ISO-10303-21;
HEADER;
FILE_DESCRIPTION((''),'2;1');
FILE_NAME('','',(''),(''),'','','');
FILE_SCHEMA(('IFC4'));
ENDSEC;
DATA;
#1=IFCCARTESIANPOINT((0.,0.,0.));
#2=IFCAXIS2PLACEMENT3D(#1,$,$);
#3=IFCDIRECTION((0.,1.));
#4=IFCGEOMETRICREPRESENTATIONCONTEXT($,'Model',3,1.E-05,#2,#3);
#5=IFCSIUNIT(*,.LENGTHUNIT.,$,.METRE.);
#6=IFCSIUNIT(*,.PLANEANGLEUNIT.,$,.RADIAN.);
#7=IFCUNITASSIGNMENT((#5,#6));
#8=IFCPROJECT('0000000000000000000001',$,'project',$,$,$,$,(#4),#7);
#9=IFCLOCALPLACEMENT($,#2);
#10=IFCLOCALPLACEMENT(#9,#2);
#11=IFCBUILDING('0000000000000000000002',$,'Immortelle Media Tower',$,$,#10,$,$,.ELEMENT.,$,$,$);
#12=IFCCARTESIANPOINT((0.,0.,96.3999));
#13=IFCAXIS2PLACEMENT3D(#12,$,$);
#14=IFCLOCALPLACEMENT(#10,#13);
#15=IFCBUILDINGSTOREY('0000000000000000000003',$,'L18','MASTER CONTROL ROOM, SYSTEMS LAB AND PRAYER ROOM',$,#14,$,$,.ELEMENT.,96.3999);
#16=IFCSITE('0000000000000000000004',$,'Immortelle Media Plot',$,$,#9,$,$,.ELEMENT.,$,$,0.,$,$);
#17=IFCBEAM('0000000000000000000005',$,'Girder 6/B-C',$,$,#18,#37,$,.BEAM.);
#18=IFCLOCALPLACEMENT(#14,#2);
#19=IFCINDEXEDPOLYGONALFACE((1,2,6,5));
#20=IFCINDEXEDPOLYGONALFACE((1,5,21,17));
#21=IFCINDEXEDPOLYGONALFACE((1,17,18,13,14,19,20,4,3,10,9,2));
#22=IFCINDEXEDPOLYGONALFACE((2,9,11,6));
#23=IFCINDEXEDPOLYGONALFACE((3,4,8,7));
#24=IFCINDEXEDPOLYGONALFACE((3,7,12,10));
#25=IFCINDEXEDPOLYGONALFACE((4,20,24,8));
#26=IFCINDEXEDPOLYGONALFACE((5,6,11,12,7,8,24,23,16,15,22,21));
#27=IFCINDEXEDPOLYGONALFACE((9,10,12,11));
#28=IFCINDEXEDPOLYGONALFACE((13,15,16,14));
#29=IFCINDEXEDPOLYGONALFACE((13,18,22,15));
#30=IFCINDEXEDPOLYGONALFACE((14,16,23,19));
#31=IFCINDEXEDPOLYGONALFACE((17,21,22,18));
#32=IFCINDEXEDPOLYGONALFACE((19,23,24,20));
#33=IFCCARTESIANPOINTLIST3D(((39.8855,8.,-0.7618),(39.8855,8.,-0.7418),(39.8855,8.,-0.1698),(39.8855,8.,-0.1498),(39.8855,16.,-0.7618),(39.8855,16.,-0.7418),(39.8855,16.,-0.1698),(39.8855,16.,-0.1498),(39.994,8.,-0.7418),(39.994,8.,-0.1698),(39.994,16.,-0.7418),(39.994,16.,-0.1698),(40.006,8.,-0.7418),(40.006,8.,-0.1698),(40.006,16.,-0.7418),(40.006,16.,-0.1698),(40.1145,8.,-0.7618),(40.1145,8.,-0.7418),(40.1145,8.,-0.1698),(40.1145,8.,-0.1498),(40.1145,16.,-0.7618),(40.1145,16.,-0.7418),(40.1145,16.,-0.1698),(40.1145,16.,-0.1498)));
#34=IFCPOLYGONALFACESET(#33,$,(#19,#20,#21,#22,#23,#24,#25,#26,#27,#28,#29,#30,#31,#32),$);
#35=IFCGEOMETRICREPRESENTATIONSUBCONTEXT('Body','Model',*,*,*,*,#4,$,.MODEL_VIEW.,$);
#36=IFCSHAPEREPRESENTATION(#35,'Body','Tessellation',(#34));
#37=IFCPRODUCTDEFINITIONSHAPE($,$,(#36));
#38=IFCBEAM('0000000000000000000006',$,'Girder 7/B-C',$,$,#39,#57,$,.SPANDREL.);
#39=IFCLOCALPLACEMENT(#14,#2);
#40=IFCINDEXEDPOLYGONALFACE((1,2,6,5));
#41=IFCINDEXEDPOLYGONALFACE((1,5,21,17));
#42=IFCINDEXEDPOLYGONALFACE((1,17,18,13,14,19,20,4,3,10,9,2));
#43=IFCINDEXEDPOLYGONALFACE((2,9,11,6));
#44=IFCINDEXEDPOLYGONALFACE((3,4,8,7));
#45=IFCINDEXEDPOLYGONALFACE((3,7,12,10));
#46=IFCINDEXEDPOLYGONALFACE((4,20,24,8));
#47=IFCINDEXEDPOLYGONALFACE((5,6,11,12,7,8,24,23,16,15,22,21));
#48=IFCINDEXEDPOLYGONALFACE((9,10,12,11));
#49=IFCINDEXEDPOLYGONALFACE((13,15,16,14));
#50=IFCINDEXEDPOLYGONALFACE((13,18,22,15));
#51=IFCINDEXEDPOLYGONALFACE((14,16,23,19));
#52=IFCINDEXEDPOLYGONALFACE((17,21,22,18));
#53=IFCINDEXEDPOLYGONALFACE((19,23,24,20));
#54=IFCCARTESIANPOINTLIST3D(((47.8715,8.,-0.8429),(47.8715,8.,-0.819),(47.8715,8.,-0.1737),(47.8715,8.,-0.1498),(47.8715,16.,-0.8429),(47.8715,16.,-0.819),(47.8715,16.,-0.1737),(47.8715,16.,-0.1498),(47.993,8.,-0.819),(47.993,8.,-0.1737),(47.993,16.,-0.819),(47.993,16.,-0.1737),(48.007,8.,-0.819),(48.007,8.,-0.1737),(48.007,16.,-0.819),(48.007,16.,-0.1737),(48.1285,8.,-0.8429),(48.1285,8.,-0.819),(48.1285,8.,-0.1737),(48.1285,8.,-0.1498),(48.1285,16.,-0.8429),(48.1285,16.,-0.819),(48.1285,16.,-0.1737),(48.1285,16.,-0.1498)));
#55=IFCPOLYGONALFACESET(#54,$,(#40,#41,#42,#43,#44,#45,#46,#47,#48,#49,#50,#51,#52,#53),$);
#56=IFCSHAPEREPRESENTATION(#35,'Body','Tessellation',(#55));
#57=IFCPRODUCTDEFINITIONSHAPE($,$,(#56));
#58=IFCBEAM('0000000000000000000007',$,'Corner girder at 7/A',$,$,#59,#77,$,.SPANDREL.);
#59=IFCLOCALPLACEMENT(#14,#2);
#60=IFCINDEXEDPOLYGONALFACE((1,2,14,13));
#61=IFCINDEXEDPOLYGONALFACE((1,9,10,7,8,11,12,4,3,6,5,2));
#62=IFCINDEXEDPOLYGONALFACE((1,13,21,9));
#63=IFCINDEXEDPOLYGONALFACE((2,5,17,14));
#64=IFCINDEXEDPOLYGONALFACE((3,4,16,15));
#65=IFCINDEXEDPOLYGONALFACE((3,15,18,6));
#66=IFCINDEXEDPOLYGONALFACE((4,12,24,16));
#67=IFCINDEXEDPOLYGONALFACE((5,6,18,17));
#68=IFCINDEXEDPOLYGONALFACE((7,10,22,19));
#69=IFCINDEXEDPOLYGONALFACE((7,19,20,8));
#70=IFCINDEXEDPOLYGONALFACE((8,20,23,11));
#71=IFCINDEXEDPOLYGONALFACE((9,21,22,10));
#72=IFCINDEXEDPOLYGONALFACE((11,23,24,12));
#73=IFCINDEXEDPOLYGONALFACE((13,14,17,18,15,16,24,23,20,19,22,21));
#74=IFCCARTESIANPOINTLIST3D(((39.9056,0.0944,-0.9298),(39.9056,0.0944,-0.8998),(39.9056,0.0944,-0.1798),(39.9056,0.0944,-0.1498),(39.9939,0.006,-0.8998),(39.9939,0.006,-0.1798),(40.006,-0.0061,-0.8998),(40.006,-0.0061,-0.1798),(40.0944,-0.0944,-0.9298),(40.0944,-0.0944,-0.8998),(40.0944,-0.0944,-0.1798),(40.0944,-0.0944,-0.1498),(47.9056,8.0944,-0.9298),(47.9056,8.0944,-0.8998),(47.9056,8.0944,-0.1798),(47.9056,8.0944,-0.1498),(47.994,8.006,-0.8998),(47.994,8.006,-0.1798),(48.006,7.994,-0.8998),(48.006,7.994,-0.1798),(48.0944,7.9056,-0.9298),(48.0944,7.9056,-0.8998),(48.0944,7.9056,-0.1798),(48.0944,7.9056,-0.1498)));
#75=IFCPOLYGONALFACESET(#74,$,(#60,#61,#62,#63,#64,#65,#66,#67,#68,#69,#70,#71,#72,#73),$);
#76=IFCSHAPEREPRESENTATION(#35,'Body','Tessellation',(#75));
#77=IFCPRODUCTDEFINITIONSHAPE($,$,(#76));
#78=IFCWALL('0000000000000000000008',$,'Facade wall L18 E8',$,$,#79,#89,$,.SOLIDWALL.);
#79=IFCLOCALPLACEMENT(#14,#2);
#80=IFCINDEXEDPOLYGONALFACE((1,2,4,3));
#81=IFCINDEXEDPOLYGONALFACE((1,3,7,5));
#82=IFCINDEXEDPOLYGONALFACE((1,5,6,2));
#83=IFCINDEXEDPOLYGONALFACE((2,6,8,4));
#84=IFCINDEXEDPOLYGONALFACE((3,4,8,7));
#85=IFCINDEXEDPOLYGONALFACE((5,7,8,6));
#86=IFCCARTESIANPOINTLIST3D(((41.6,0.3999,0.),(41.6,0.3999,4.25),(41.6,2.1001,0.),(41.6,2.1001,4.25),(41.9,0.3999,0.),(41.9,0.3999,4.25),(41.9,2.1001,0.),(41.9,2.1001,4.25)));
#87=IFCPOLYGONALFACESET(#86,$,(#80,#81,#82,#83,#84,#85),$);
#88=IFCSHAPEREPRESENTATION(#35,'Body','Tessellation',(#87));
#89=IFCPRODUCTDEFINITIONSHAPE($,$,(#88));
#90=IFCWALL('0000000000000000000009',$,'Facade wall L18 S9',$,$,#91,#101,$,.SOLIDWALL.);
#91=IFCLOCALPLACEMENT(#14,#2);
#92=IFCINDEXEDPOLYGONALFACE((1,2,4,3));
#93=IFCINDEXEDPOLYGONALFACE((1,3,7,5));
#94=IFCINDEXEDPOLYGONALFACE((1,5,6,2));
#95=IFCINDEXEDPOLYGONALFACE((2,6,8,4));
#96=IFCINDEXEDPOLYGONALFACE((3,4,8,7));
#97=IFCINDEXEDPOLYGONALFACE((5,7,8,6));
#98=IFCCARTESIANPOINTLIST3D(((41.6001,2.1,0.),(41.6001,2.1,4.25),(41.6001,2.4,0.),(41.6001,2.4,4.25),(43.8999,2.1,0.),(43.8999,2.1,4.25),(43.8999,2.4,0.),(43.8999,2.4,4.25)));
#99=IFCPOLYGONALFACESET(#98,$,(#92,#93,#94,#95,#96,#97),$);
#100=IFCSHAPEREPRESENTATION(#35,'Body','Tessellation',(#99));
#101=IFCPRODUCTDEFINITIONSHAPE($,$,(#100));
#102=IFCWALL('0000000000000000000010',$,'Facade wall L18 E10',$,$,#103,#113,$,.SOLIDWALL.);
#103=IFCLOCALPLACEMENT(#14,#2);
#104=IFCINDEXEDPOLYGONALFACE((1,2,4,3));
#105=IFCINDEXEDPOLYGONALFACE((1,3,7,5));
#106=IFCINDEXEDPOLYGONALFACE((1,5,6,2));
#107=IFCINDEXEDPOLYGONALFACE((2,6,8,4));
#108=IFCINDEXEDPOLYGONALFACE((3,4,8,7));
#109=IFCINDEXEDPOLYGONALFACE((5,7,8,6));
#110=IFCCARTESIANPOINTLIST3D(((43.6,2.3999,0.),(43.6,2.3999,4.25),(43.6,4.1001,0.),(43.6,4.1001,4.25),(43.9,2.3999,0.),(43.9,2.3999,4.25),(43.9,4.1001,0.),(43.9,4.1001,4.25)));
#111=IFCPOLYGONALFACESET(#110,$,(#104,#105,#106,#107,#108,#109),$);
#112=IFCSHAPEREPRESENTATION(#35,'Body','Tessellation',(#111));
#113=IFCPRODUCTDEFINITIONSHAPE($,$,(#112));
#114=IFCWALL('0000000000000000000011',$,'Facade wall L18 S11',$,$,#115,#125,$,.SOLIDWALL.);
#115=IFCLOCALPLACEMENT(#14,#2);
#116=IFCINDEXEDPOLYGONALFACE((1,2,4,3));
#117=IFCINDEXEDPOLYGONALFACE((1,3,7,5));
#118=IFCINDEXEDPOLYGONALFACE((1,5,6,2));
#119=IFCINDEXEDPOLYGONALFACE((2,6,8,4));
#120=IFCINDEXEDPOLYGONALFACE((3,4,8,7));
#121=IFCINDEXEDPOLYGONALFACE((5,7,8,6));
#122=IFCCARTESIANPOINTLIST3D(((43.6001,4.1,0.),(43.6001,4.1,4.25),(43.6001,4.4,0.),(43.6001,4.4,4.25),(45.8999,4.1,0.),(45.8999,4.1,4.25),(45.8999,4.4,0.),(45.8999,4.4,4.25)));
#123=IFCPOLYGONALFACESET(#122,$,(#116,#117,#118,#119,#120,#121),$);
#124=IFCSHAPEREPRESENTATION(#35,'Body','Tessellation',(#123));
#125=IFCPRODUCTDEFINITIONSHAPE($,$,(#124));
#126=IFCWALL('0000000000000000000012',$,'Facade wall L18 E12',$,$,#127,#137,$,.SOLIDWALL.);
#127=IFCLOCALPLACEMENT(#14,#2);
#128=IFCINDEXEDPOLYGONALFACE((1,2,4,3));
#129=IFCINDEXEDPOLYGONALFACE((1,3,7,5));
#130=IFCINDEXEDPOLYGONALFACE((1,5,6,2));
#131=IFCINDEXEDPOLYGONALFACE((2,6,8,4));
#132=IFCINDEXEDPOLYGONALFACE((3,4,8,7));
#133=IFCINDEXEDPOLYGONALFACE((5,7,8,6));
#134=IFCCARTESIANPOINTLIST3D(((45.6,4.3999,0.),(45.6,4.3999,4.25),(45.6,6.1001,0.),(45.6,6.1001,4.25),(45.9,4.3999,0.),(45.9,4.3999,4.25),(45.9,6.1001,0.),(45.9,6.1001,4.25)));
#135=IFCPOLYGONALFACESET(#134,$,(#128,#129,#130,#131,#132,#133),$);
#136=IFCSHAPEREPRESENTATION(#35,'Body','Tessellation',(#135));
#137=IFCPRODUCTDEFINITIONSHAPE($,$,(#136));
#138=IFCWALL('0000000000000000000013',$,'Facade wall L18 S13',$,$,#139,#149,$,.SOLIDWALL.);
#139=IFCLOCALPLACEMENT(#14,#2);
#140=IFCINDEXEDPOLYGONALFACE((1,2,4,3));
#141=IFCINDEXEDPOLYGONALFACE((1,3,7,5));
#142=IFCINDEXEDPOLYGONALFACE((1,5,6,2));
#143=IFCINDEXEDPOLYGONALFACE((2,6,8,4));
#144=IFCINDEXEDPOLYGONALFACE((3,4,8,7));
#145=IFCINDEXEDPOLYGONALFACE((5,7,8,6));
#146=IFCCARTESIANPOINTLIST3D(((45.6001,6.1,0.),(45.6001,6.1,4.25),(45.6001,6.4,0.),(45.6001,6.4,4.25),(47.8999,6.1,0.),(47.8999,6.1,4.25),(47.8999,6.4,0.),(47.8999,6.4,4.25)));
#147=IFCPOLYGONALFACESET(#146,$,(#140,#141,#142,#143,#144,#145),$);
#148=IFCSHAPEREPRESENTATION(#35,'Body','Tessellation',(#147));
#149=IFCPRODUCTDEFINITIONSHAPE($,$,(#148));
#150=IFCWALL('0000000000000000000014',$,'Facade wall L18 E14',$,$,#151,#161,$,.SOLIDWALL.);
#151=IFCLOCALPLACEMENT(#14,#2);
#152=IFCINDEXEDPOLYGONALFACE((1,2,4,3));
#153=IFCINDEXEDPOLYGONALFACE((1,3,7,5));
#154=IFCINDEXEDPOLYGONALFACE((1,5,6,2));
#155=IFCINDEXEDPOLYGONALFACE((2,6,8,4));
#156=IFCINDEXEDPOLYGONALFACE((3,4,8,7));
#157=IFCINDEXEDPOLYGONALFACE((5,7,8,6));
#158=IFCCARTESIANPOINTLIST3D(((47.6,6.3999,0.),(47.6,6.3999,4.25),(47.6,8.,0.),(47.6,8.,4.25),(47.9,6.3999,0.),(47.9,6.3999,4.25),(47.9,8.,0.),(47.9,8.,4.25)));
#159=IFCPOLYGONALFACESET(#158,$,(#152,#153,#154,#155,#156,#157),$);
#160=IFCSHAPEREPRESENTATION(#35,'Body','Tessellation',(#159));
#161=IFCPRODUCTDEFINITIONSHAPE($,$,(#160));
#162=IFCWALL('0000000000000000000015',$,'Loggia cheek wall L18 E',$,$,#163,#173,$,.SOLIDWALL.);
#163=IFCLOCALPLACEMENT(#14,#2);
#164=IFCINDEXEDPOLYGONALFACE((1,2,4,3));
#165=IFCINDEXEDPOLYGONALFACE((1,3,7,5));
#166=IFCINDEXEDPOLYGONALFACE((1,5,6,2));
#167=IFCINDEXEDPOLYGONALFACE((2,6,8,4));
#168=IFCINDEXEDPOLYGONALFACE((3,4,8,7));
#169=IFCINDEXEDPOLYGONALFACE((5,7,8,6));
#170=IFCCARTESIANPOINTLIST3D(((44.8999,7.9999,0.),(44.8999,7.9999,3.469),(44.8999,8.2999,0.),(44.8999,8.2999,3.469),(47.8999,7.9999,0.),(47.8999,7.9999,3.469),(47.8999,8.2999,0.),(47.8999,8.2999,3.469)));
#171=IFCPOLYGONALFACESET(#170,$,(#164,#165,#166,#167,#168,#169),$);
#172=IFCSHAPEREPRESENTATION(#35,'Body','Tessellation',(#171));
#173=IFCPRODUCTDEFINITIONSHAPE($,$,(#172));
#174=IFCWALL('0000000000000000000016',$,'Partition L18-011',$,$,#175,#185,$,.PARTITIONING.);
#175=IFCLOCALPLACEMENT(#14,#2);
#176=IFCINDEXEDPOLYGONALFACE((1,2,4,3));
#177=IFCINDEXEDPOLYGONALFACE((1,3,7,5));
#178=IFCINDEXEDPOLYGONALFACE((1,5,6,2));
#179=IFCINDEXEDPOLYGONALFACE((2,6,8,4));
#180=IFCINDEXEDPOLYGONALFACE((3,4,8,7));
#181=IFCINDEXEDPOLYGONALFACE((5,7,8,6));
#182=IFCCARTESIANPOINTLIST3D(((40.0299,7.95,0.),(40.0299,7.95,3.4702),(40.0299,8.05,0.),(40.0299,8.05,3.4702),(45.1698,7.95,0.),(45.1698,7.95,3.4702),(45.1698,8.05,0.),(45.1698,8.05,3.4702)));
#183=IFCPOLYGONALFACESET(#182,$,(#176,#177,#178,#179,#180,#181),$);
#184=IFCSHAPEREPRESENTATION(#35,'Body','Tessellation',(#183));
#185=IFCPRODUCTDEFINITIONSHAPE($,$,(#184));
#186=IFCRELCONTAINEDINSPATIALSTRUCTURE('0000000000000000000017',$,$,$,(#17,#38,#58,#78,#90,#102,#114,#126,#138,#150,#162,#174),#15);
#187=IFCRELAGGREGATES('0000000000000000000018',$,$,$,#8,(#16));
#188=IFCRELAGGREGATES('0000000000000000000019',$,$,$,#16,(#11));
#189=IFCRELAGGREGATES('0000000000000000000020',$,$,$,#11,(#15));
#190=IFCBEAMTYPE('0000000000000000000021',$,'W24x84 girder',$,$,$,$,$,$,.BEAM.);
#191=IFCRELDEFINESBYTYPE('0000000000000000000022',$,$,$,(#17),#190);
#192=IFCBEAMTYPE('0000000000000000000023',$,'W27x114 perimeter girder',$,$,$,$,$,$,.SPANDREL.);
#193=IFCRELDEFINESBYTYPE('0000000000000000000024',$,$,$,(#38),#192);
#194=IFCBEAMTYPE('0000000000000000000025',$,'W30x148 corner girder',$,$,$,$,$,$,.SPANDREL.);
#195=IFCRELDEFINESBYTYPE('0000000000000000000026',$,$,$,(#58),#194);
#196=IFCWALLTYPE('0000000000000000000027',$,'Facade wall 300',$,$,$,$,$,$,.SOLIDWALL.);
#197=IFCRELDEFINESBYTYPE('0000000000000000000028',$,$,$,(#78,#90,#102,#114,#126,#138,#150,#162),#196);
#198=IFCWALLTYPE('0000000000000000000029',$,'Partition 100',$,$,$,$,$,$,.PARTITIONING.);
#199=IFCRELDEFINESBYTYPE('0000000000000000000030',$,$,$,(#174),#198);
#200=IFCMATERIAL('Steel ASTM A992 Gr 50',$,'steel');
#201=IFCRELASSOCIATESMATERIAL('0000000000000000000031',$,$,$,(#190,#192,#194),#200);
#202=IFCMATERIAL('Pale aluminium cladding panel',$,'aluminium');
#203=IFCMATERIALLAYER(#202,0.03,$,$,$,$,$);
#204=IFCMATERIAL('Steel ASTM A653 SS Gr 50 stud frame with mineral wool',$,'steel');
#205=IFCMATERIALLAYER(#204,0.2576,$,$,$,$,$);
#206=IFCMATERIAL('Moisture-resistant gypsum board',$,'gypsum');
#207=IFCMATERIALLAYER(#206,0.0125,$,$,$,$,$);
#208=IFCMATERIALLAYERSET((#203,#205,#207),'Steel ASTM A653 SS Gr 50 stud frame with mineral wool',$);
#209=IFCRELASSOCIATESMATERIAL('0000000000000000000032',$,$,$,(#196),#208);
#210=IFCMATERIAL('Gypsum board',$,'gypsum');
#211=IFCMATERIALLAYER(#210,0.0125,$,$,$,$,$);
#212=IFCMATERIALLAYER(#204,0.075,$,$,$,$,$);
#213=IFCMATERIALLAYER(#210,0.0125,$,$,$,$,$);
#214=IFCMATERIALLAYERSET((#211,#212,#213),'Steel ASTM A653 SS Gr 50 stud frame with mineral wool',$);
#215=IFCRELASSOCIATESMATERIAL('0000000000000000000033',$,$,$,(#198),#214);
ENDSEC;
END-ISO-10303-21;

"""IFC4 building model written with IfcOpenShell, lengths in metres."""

from ifc_helpers import new_model, si_unit, direction, frame, frame_2d, origin, origin_2d, place, context, subcontext, project, spatial, rectangle, i_section, extrude, material, layer, layer_set, material_profile, profile_set, type_object, element, save


model = new_model("IFC4")

# Units and contexts
model_context = context("Model", 3, precision=1e-05, world=origin(), true_north=direction((0.0, 1.0)))
body_context = subcontext(model_context, "Body", "Model", "MODEL_VIEW")
ifc_project = project(units=[si_unit("LENGTHUNIT", "METRE"), si_unit("PLANEANGLEUNIT", "RADIAN")], contexts=[model_context])

# Site, building, storey
site_placement = place(None, origin())
site = spatial("IfcSite", under=ifc_project, at=site_placement, Name="Immortelle Media Plot", CompositionType="ELEMENT", RefElevation=0.0)
building_placement = place(site_placement, origin())
building = spatial("IfcBuilding", under=site, at=building_placement, Name="Immortelle Media Tower", CompositionType="ELEMENT")
storey_placement = place(building_placement, frame((0.0, 0.0, 96.3999)))
storey = spatial("IfcBuildingStorey", under=building, at=storey_placement, Name="L18", Description="MASTER CONTROL ROOM, SYSTEMS LAB AND PRAYER ROOM", CompositionType="ELEMENT", Elevation=96.3999)

# Shared definitions
ifc_material_1 = material(Name="Steel ASTM A992 Gr 50", Category="steel")

# Beams
ifc_material_profile_1 = material_profile(ifc_material_1, i_section(OverallWidth=0.229, OverallDepth=0.6121, WebThickness=0.012, FlangeThickness=0.02, at=origin_2d()), Name="W24x84")
ifc_profile_set_1 = profile_set([ifc_material_profile_1], Name="Steel ASTM A992 Gr 50")
beam_type_1 = type_object("IfcBeamType", Name="W24x84 girder", PredefinedType="BEAM", material=ifc_profile_set_1)
for number, where, z_axis, x_axis, name in (
    (1, (40.0, 8.0, -0.4558), (0.0, 1.0, 0.0), (-1.0, 0.0, 0.0), "Girder 6/B-C"),
):
    element("IfcBeam", number, at=place(storey_placement, frame(where, z_axis=z_axis, x_axis=x_axis)), inside=storey, type_object=beam_type_1, Name=name, PredefinedType="BEAM", context=body_context, shape_type="SweptSolid", body=[
        extrude(i_section(OverallWidth=0.229, OverallDepth=0.6121, WebThickness=0.012, FlangeThickness=0.02, at=origin_2d()), origin(), (0.0, 0.0, 1.0), 8.0),
    ])
ifc_material_profile_2 = material_profile(ifc_material_1, i_section(OverallWidth=0.2571, OverallDepth=0.6931, WebThickness=0.0139, FlangeThickness=0.0239, at=origin_2d()), Name="W27x114")
ifc_profile_set_2 = profile_set([ifc_material_profile_2], Name="Steel ASTM A992 Gr 50")
beam_type_2 = type_object("IfcBeamType", Name="W27x114 perimeter girder", PredefinedType="SPANDREL", material=ifc_profile_set_2)
beam_1_placement = place(storey_placement, frame((48.0, 8.0, -0.4963), z_axis=(0.0, 1.0, 0.0), x_axis=(-1.0, 0.0, 0.0)))
element("IfcBeam", 2, at=beam_1_placement, inside=storey, type_object=beam_type_2, Name="Girder 7/B-C", PredefinedType="SPANDREL", context=body_context, shape_type="SweptSolid", body=[
    extrude(i_section(OverallWidth=0.2571, OverallDepth=0.6931, WebThickness=0.0139, FlangeThickness=0.0239, at=origin_2d()), origin(), (0.0, 0.0, 1.0), 8.0),
])
ifc_material_profile_3 = material_profile(ifc_material_1, i_section(OverallWidth=0.2671, OverallDepth=0.78, WebThickness=0.0171, FlangeThickness=0.03, at=origin_2d()), Name="W30x148")
ifc_profile_set_3 = profile_set([ifc_material_profile_3], Name="Steel ASTM A992 Gr 50")
beam_type_3 = type_object("IfcBeamType", Name="W30x148 corner girder", PredefinedType="SPANDREL", material=ifc_profile_set_3)
beam_2_placement = place(storey_placement, frame((48.0, 8.0, -0.5398), z_axis=(-0.707107, -0.707107, 0.0), x_axis=(0.707107, -0.707107, 0.0)))
element("IfcBeam", 3, at=beam_2_placement, inside=storey, type_object=beam_type_3, Name="Corner girder at 7/A", PredefinedType="SPANDREL", context=body_context, shape_type="SweptSolid", body=[
    extrude(i_section(OverallWidth=0.2671, OverallDepth=0.78, WebThickness=0.0171, FlangeThickness=0.03, at=origin_2d()), origin(), (0.0, 0.0, 1.0), 11.3137),
])

# Walls
ifc_material_2 = material(Name="Pale aluminium cladding panel", Category="aluminium")
ifc_layer_1 = layer(ifc_material_2, 0.03)
ifc_material_3 = material(Name="Steel ASTM A653 SS Gr 50 stud frame with mineral wool", Category="steel")
ifc_layer_2 = layer(ifc_material_3, 0.2576)
ifc_material_4 = material(Name="Moisture-resistant gypsum board", Category="gypsum")
ifc_layer_3 = layer(ifc_material_4, 0.0125)
ifc_layer_set_1 = layer_set([ifc_layer_1, ifc_layer_2, ifc_layer_3], Name="Steel ASTM A653 SS Gr 50 stud frame with mineral wool")
wall_type_1 = type_object("IfcWallType", Name="Facade wall 300", PredefinedType="SOLIDWALL", material=ifc_layer_set_1)
wall_1_placement = place(storey_placement, frame((41.75, 0.3999, 0.0), z_axis=(0.0, 0.0, 1.0), x_axis=(0.0, 1.0, 0.0)))
element("IfcWall", 4, at=wall_1_placement, inside=storey, type_object=wall_type_1, Name="Facade wall L18 E8", PredefinedType="SOLIDWALL", context=body_context, shape_type="SweptSolid", body=[
    extrude(rectangle(XDim=1.7002, YDim=0.3, at=frame_2d((0.8501, 0.0))), origin(), (0.0, 0.0, 1.0), 4.25),
])
wall_2_placement = place(storey_placement, frame((41.6001, 2.25, 0.0), z_axis=(0.0, 0.0, 1.0), x_axis=(1.0, 0.0, 0.0)))
element("IfcWall", 5, at=wall_2_placement, inside=storey, type_object=wall_type_1, Name="Facade wall L18 S9", PredefinedType="SOLIDWALL", context=body_context, shape_type="SweptSolid", body=[
    extrude(rectangle(XDim=2.2998, YDim=0.3, at=frame_2d((1.1499, 0.0))), origin(), (0.0, 0.0, 1.0), 4.25),
])
wall_3_placement = place(storey_placement, frame((43.75, 2.3999, 0.0), z_axis=(0.0, 0.0, 1.0), x_axis=(0.0, 1.0, 0.0)))
element("IfcWall", 6, at=wall_3_placement, inside=storey, type_object=wall_type_1, Name="Facade wall L18 E10", PredefinedType="SOLIDWALL", context=body_context, shape_type="SweptSolid", body=[
    extrude(rectangle(XDim=1.7002, YDim=0.3, at=frame_2d((0.8501, 0.0))), origin(), (0.0, 0.0, 1.0), 4.25),
])
wall_4_placement = place(storey_placement, frame((43.6001, 4.25, 0.0), z_axis=(0.0, 0.0, 1.0), x_axis=(1.0, 0.0, 0.0)))
element("IfcWall", 7, at=wall_4_placement, inside=storey, type_object=wall_type_1, Name="Facade wall L18 S11", PredefinedType="SOLIDWALL", context=body_context, shape_type="SweptSolid", body=[
    extrude(rectangle(XDim=2.2998, YDim=0.3, at=frame_2d((1.1499, 0.0))), origin(), (0.0, 0.0, 1.0), 4.25),
])
wall_5_placement = place(storey_placement, frame((45.75, 4.3999, 0.0), z_axis=(0.0, 0.0, 1.0), x_axis=(0.0, 1.0, 0.0)))
element("IfcWall", 8, at=wall_5_placement, inside=storey, type_object=wall_type_1, Name="Facade wall L18 E12", PredefinedType="SOLIDWALL", context=body_context, shape_type="SweptSolid", body=[
    extrude(rectangle(XDim=1.7002, YDim=0.3, at=frame_2d((0.8501, 0.0))), origin(), (0.0, 0.0, 1.0), 4.25),
])
wall_6_placement = place(storey_placement, frame((45.6001, 6.25, 0.0), z_axis=(0.0, 0.0, 1.0), x_axis=(1.0, 0.0, 0.0)))
element("IfcWall", 9, at=wall_6_placement, inside=storey, type_object=wall_type_1, Name="Facade wall L18 S13", PredefinedType="SOLIDWALL", context=body_context, shape_type="SweptSolid", body=[
    extrude(rectangle(XDim=2.2998, YDim=0.3, at=frame_2d((1.1499, 0.0))), origin(), (0.0, 0.0, 1.0), 4.25),
])
wall_7_placement = place(storey_placement, frame((47.75, 6.3999, 0.0), z_axis=(0.0, 0.0, 1.0), x_axis=(0.0, 1.0, 0.0)))
element("IfcWall", 10, at=wall_7_placement, inside=storey, type_object=wall_type_1, Name="Facade wall L18 E14", PredefinedType="SOLIDWALL", context=body_context, shape_type="SweptSolid", body=[
    extrude(rectangle(XDim=1.6001, YDim=0.3, at=frame_2d((0.8, 0.0))), origin(), (0.0, 0.0, 1.0), 4.25),
])

# Walls
wall_8_placement = place(storey_placement, frame((47.8999, 8.1499, 0.0), z_axis=(0.0, 0.0, 1.0), x_axis=(-1.0, 0.0, 0.0)))
element("IfcWall", 11, at=wall_8_placement, inside=storey, type_object=wall_type_1, Name="Loggia cheek wall L18 E", PredefinedType="SOLIDWALL", context=body_context, shape_type="SweptSolid", body=[
    extrude(rectangle(XDim=3.0, YDim=0.3, at=frame_2d((1.5, 0.0))), origin(), (0.0, 0.0, 1.0), 3.469),
])
ifc_material_5 = material(Name="Gypsum board", Category="gypsum")
ifc_layer_4 = layer(ifc_material_5, 0.0125)
ifc_layer_5 = layer(ifc_material_3, 0.075)
ifc_layer_6 = layer(ifc_material_5, 0.0125)
ifc_layer_set_2 = layer_set([ifc_layer_4, ifc_layer_5, ifc_layer_6], Name="Steel ASTM A653 SS Gr 50 stud frame with mineral wool")
wall_type_2 = type_object("IfcWallType", Name="Partition 100", PredefinedType="PARTITIONING", material=ifc_layer_set_2)
wall_9_placement = place(storey_placement, frame((40.03, 8.0, 0.0), z_axis=(0.0, 0.0, 1.0), x_axis=(1.0, 0.0, 0.0)))
element("IfcWall", 12, at=wall_9_placement, inside=storey, type_object=wall_type_2, Name="Partition L18-011", PredefinedType="PARTITIONING", context=body_context, shape_type="SweptSolid", body=[
    extrude(rectangle(XDim=5.1399, YDim=0.1001, at=frame_2d((2.5698, 0.0))), origin(), (0.0, 0.0, 1.0), 3.4702),
])

save(model, "model.ifc")
